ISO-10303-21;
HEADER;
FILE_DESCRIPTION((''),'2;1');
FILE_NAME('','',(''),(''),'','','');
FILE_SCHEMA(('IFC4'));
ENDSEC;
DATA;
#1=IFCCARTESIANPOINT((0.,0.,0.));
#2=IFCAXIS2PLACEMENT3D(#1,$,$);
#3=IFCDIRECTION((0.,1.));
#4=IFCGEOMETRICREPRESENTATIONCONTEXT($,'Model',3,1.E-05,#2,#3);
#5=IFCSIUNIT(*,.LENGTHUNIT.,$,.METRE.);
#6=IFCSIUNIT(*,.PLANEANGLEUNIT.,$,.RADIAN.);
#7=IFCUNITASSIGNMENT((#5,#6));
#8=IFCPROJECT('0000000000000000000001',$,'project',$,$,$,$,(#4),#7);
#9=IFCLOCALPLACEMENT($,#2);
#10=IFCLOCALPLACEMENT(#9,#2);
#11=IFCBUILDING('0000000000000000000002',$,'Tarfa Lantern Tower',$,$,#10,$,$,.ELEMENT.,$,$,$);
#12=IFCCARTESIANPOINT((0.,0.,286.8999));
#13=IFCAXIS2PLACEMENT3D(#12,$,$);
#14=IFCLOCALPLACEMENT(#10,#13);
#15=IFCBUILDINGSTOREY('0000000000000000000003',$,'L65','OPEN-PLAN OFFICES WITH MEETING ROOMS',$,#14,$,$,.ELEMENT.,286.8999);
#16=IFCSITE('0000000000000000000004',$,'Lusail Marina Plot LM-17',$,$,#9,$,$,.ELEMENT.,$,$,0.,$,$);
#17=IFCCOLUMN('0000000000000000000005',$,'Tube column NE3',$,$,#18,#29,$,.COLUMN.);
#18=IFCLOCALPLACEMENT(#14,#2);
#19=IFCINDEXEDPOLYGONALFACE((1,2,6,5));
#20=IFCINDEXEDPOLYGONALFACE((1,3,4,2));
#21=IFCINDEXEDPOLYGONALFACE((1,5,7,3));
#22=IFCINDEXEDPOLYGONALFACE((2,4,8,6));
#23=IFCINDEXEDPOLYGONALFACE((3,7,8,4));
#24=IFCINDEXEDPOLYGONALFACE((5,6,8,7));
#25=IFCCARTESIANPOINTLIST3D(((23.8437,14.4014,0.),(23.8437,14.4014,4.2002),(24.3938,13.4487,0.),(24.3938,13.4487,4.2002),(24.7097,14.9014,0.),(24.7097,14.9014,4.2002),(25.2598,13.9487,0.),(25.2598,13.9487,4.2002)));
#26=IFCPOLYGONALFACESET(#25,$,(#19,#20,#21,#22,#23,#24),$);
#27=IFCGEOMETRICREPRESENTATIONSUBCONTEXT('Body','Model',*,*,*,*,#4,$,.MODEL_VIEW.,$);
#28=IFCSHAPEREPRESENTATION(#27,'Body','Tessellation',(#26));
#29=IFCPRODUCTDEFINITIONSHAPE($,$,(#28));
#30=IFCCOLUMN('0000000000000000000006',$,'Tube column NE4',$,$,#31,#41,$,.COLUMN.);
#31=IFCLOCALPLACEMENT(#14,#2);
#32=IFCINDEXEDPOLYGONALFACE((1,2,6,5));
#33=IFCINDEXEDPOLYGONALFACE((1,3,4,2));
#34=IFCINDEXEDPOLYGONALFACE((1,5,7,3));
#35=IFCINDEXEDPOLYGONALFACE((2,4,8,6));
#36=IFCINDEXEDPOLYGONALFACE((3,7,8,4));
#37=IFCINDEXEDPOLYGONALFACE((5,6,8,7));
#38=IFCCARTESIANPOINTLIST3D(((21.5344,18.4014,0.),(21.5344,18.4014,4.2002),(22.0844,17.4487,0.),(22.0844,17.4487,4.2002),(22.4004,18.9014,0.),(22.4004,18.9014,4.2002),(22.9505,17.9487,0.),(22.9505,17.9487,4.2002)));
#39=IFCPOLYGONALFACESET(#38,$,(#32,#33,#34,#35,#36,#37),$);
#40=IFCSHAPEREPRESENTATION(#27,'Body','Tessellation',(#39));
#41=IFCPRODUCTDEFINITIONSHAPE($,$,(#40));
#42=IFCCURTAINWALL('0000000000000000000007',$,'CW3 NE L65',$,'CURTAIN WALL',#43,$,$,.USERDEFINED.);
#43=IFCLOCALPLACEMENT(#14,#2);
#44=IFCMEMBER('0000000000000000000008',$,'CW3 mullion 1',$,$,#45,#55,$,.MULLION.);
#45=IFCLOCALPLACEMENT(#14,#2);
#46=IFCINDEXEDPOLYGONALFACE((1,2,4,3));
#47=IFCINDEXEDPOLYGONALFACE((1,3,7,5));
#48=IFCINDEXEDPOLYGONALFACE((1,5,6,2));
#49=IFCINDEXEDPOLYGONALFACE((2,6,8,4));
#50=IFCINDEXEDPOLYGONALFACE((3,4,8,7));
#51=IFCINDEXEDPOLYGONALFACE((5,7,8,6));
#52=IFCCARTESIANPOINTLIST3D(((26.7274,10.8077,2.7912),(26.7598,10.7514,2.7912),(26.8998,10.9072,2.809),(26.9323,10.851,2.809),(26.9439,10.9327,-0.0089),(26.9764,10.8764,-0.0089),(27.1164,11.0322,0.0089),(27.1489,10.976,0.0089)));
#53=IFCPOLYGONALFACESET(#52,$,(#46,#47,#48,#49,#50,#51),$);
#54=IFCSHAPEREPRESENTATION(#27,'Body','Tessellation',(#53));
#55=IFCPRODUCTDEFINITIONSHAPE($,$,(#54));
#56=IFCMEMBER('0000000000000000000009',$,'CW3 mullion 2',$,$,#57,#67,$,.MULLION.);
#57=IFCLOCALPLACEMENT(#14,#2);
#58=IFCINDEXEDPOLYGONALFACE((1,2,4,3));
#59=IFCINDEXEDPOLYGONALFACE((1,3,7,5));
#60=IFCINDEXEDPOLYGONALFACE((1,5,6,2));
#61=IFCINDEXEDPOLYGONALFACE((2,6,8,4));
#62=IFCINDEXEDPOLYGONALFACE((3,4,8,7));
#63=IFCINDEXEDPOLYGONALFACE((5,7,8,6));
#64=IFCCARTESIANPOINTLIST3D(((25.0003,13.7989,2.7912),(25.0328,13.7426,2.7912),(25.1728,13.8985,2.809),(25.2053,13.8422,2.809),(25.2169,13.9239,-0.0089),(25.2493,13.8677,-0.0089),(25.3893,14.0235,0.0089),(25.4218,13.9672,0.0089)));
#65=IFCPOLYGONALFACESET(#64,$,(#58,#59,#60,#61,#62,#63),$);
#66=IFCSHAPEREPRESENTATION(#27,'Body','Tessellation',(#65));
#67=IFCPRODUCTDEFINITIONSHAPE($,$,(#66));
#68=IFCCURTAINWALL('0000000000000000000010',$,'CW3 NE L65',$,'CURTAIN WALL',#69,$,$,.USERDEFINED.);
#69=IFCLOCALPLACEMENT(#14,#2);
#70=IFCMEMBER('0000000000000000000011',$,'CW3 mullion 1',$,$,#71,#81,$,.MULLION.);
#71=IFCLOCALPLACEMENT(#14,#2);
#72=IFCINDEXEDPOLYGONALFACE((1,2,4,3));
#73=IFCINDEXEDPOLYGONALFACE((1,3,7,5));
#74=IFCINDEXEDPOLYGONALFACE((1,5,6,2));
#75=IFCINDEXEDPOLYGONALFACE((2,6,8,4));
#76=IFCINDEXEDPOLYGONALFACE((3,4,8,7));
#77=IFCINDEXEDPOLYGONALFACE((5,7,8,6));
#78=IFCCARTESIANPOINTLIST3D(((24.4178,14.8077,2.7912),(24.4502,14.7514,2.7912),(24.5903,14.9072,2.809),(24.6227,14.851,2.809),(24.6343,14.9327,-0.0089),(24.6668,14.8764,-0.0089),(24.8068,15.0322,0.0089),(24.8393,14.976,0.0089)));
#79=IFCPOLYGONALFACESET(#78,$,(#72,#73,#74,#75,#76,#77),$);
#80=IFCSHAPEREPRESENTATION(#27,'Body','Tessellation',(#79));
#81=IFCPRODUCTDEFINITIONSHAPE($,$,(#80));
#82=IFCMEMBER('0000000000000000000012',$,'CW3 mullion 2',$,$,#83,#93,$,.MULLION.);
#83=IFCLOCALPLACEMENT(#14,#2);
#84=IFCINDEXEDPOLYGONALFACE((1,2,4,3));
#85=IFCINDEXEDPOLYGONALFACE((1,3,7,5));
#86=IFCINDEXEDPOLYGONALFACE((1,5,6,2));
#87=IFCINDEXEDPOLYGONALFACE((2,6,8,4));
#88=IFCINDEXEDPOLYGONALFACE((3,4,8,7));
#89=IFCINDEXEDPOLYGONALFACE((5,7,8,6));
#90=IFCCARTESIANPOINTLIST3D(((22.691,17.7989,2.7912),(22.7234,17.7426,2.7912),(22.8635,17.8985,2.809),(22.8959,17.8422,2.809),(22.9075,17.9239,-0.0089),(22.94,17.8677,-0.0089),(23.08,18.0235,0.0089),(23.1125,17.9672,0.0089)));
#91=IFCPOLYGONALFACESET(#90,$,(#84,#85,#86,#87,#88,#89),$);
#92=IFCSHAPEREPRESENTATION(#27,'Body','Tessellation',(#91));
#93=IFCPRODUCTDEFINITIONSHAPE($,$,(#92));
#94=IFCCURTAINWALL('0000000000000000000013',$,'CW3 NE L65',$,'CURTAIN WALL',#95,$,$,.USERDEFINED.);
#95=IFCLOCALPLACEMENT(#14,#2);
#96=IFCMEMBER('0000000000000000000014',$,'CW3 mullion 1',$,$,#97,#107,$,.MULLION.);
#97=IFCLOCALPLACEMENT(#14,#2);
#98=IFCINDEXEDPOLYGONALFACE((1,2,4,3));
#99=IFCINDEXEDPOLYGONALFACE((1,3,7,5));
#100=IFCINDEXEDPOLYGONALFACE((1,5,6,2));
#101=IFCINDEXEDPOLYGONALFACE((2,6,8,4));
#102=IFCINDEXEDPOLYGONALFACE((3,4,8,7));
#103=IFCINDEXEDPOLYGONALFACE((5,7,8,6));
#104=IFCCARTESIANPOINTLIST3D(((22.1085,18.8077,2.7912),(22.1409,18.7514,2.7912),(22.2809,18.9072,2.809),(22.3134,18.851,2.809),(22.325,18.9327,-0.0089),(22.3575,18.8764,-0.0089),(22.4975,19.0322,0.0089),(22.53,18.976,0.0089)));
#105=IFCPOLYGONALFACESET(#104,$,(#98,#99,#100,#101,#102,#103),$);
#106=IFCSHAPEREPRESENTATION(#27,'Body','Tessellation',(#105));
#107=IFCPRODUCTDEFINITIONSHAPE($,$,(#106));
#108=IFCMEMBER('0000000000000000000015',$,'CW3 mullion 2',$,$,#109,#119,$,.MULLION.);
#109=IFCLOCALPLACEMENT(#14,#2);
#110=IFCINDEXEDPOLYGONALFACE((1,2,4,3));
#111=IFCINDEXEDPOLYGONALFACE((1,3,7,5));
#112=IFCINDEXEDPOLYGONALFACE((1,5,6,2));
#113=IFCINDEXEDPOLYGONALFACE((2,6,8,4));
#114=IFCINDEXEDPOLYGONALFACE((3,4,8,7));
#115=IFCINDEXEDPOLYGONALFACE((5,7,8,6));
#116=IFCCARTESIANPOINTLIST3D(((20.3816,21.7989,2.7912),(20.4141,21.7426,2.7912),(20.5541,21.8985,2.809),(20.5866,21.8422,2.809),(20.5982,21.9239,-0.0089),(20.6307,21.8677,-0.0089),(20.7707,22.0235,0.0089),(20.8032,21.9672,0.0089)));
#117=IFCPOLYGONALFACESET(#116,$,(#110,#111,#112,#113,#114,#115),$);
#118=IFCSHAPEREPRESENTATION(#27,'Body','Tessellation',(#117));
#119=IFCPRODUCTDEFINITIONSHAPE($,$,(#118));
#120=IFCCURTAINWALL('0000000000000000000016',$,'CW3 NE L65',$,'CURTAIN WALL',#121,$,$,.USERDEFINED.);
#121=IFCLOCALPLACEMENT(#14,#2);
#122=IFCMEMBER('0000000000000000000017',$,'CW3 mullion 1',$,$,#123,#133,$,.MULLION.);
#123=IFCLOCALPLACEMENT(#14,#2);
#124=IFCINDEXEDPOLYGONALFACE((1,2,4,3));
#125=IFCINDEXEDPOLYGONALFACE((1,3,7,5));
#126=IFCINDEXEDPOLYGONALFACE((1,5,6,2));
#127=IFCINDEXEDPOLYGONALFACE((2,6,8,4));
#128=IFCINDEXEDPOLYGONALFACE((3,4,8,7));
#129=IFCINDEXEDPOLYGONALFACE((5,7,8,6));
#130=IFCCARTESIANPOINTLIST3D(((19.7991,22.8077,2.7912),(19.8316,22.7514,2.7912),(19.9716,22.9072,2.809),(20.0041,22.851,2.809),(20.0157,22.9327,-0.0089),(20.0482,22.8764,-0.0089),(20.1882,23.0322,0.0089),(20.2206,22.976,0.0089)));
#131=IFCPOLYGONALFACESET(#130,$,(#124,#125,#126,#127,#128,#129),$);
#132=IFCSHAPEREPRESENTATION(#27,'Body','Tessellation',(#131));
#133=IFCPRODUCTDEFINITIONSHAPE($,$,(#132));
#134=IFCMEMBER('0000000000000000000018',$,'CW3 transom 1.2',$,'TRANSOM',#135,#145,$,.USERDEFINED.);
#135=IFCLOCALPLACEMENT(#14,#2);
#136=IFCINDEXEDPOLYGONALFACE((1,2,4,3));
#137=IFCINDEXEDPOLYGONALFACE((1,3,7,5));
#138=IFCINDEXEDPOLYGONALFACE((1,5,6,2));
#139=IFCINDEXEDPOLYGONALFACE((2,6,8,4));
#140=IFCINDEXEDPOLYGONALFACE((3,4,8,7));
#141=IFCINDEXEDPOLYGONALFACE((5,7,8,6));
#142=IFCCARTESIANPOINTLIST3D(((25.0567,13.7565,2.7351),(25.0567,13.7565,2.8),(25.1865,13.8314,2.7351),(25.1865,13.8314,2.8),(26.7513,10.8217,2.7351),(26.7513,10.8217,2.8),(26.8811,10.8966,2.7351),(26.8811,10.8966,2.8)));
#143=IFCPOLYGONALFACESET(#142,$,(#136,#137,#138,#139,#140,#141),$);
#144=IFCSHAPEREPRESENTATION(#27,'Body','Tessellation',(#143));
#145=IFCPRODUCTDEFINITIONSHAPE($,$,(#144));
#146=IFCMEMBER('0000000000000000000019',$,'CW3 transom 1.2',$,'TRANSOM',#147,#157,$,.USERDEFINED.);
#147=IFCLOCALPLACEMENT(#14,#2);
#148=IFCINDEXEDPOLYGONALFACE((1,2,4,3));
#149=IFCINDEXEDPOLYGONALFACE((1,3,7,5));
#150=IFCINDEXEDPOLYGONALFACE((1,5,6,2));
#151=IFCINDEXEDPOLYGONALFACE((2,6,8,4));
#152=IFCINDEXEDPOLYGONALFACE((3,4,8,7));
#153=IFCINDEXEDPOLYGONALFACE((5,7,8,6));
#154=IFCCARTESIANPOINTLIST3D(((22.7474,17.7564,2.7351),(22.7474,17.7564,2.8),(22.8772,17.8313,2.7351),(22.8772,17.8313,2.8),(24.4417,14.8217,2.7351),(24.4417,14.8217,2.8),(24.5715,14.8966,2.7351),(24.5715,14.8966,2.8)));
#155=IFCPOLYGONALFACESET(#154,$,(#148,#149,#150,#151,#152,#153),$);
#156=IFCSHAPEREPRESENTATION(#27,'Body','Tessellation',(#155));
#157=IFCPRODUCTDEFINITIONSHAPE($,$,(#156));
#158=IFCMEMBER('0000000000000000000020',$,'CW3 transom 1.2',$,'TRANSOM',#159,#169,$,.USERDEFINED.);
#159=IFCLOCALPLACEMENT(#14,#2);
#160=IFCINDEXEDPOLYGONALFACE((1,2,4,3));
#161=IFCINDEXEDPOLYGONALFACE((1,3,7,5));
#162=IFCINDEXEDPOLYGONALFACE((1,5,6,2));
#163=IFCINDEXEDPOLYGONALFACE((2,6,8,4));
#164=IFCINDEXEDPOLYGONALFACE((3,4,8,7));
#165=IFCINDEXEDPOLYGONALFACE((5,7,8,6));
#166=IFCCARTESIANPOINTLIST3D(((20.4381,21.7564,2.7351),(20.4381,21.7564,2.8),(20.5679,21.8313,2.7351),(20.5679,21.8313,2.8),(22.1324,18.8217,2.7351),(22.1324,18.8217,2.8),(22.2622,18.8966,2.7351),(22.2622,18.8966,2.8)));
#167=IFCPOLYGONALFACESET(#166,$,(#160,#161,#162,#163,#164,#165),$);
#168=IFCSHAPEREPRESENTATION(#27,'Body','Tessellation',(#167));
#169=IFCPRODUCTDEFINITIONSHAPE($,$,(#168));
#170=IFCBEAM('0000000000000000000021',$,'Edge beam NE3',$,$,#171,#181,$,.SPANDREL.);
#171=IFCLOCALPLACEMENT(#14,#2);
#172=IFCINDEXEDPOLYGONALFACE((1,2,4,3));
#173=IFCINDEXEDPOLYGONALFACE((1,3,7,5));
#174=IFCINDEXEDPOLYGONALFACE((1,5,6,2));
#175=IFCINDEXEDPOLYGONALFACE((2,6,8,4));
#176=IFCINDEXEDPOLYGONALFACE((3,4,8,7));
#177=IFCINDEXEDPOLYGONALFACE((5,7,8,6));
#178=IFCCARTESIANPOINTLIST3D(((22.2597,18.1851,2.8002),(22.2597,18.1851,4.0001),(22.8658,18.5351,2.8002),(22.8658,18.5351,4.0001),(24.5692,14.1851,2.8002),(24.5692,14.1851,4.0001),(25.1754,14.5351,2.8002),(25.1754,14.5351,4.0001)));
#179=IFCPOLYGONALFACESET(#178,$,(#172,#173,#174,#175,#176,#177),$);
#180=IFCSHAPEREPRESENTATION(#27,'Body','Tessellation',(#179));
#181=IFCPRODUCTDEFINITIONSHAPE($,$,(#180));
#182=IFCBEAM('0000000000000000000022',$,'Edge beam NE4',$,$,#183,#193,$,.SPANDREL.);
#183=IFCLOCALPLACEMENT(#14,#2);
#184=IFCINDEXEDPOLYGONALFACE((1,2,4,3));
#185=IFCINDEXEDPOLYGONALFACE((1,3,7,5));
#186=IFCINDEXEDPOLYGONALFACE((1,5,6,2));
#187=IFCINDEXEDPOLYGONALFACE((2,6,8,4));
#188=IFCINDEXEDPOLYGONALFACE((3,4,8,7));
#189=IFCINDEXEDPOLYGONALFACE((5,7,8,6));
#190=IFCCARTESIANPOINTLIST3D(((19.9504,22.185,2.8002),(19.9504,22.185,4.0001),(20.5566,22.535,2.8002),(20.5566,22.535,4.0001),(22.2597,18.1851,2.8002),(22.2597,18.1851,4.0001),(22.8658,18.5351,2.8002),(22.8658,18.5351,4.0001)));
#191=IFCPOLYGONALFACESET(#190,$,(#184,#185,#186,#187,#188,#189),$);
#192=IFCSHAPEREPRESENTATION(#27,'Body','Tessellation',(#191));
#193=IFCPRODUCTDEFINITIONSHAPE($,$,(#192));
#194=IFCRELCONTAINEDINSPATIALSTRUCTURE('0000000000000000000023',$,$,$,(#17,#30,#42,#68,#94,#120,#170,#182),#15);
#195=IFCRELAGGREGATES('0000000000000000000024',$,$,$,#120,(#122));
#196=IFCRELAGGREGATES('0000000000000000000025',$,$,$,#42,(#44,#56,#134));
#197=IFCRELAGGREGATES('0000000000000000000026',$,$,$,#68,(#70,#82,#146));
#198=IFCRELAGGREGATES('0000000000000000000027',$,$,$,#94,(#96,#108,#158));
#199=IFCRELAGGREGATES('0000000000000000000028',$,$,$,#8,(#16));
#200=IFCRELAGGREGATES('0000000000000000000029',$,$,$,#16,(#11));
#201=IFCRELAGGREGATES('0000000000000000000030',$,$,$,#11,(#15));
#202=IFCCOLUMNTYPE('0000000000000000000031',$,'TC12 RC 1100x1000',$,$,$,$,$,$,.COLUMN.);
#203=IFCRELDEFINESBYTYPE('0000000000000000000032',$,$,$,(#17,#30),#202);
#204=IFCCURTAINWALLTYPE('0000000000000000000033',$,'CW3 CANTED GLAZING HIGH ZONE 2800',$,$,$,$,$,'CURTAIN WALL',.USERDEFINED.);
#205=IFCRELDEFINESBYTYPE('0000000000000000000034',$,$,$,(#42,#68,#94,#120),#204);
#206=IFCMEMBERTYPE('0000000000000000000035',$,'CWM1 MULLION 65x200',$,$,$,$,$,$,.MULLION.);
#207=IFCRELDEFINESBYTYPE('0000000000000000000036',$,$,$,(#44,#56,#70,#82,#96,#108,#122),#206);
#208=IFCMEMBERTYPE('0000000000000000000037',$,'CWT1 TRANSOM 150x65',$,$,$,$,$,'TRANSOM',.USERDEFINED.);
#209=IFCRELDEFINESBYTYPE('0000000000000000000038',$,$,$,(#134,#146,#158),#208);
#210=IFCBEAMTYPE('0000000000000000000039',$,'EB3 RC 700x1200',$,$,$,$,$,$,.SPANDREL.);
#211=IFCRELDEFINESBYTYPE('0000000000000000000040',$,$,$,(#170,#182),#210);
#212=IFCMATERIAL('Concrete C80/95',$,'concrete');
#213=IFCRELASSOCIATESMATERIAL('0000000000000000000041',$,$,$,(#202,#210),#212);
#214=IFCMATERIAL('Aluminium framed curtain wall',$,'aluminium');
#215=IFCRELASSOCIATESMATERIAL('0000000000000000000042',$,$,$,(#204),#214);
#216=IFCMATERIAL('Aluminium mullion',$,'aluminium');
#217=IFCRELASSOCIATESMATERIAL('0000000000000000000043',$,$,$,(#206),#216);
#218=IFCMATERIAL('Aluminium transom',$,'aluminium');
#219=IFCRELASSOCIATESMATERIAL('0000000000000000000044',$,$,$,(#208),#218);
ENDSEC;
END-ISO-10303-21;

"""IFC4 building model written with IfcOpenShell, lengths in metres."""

from ifc_helpers import new_model, si_unit, direction, frame, origin, origin_2d, place, context, subcontext, project, spatial, rectangle, extrude, material, material_profile, profile_set, type_object, element, aggregate, save


model = new_model("IFC4")

# Units and contexts
model_context = context("Model", 3, precision=1e-05, world=origin(), true_north=direction((0.0, 1.0)))
body_context = subcontext(model_context, "Body", "Model", "MODEL_VIEW")
ifc_project = project(units=[si_unit("LENGTHUNIT", "METRE"), si_unit("PLANEANGLEUNIT", "RADIAN")], contexts=[model_context])

# Site, building, storey
site_placement = place(None, origin())
site = spatial("IfcSite", under=ifc_project, at=site_placement, Name="Lusail Marina Plot LM-17", CompositionType="ELEMENT", RefElevation=0.0)
building_placement = place(site_placement, origin())
building = spatial("IfcBuilding", under=site, at=building_placement, Name="Tarfa Lantern Tower", CompositionType="ELEMENT")
storey_placement = place(building_placement, frame((0.0, 0.0, 286.8999)))
storey = spatial("IfcBuildingStorey", under=building, at=storey_placement, Name="L65", Description="OPEN-PLAN OFFICES WITH MEETING ROOMS", CompositionType="ELEMENT", Elevation=286.8999)

# Columns
ifc_material_1 = material(Name="Concrete C80/95", Category="concrete")
ifc_material_profile_1 = material_profile(ifc_material_1, rectangle(XDim=1.1001, YDim=1.0, at=origin_2d()), Name="RC 1100x1000")
ifc_profile_set_1 = profile_set([ifc_material_profile_1], Name="Concrete C80/95")
column_type = type_object("IfcColumnType", Name="TC12 RC 1100x1000", PredefinedType="COLUMN", material=ifc_profile_set_1)
for number, where, z_axis, x_axis, name in (
    (1, (24.5518, 14.175, 0.0), (0.0, 0.0, 1.0), (-0.5, 0.866025, 0.0), "Tube column NE3"),
    (2, (22.2424, 18.175, 0.0), (0.0, 0.0, 1.0), (-0.5, 0.866025, 0.0), "Tube column NE4"),
):
    element("IfcColumn", number, at=place(storey_placement, frame(where, z_axis=z_axis, x_axis=x_axis)), inside=storey, type_object=column_type, Name=name, PredefinedType="COLUMN", context=body_context, shape_type="SweptSolid", body=[
        extrude(rectangle(XDim=1.1001, YDim=1.0, at=origin_2d()), origin(), (0.0, 0.0, 1.0), 4.2002),
    ])

# Curtain walls, members
ifc_material_2 = material(Name="Aluminium framed curtain wall", Category="aluminium")
curtain_wall_type = type_object("IfcCurtainWallType", Name="CW3 CANTED GLAZING HIGH ZONE 2800", ElementType="CURTAIN WALL", PredefinedType="USERDEFINED", material=ifc_material_2)
curtain_wall_1_placement = place(storey_placement, origin())
curtain_wall_1 = element("IfcCurtainWall", 3, at=curtain_wall_1_placement, inside=storey, type_object=curtain_wall_type, Name="CW3 NE L65", ObjectType="CURTAIN WALL", PredefinedType="USERDEFINED")
ifc_material_3 = material(Name="Aluminium mullion", Category="aluminium")
ifc_material_profile_2 = material_profile(ifc_material_3, rectangle(XDim=0.0649, YDim=0.2, at=origin_2d()), Name="AL MULLION 65x200")
ifc_profile_set_2 = profile_set([ifc_material_profile_2], Name="Aluminium mullion")
member_type_1 = type_object("IfcMemberType", Name="CWM1 MULLION 65x200", PredefinedType="MULLION", material=ifc_profile_set_2)
member_1_placement = place(storey_placement, frame((27.0464, 10.9543, 0.0), z_axis=(-0.077032, -0.044465, 0.996037), x_axis=(0.49992, -0.866072, 0.0)))
member_1 = element("IfcMember", 4, at=member_1_placement, type_object=member_type_1, Name="CW3 mullion 1", PredefinedType="MULLION", context=body_context, shape_type="SweptSolid", body=[
    extrude(rectangle(XDim=0.0649, YDim=0.2, at=origin_2d()), origin(), (0.0, 0.0, 1.0), 2.8113),
])
member_2_placement = place(storey_placement, frame((25.3193, 13.9456, 0.0), z_axis=(-0.077032, -0.044465, 0.996037), x_axis=(0.49992, -0.866072, 0.0)))
member_2 = element("IfcMember", 5, at=member_2_placement, type_object=member_type_1, Name="CW3 mullion 2", PredefinedType="MULLION", context=body_context, shape_type="SweptSolid", body=[
    extrude(rectangle(XDim=0.0649, YDim=0.2, at=origin_2d()), origin(), (0.0, 0.0, 1.0), 2.8113),
])
curtain_wall_2_placement = place(storey_placement, origin())
curtain_wall_2 = element("IfcCurtainWall", 6, at=curtain_wall_2_placement, inside=storey, type_object=curtain_wall_type, Name="CW3 NE L65", ObjectType="CURTAIN WALL", PredefinedType="USERDEFINED")
member_3_placement = place(storey_placement, frame((24.7368, 14.9543, 0.0), z_axis=(-0.077032, -0.044465, 0.996037), x_axis=(0.49992, -0.866072, 0.0)))
member_3 = element("IfcMember", 7, at=member_3_placement, type_object=member_type_1, Name="CW3 mullion 1", PredefinedType="MULLION", context=body_context, shape_type="SweptSolid", body=[
    extrude(rectangle(XDim=0.0649, YDim=0.2, at=origin_2d()), origin(), (0.0, 0.0, 1.0), 2.8113),
])
member_4_placement = place(storey_placement, frame((23.01, 17.9456, 0.0), z_axis=(-0.077032, -0.044465, 0.996037), x_axis=(0.49992, -0.866072, 0.0)))
member_4 = element("IfcMember", 8, at=member_4_placement, type_object=member_type_1, Name="CW3 mullion 2", PredefinedType="MULLION", context=body_context, shape_type="SweptSolid", body=[
    extrude(rectangle(XDim=0.0649, YDim=0.2, at=origin_2d()), origin(), (0.0, 0.0, 1.0), 2.8113),
])
curtain_wall_3_placement = place(storey_placement, origin())
curtain_wall_3 = element("IfcCurtainWall", 9, at=curtain_wall_3_placement, inside=storey, type_object=curtain_wall_type, Name="CW3 NE L65", ObjectType="CURTAIN WALL", PredefinedType="USERDEFINED")
member_5_placement = place(storey_placement, frame((22.4275, 18.9543, 0.0), z_axis=(-0.077032, -0.044465, 0.996037), x_axis=(0.49992, -0.866072, 0.0)))
member_5 = element("IfcMember", 10, at=member_5_placement, type_object=member_type_1, Name="CW3 mullion 1", PredefinedType="MULLION", context=body_context, shape_type="SweptSolid", body=[
    extrude(rectangle(XDim=0.0649, YDim=0.2, at=origin_2d()), origin(), (0.0, 0.0, 1.0), 2.8113),
])
member_6_placement = place(storey_placement, frame((20.7007, 21.9456, 0.0), z_axis=(-0.077032, -0.044465, 0.996037), x_axis=(0.49992, -0.866072, 0.0)))
member_6 = element("IfcMember", 11, at=member_6_placement, type_object=member_type_1, Name="CW3 mullion 2", PredefinedType="MULLION", context=body_context, shape_type="SweptSolid", body=[
    extrude(rectangle(XDim=0.0649, YDim=0.2, at=origin_2d()), origin(), (0.0, 0.0, 1.0), 2.8113),
])

# Curtain wall, member
curtain_wall_4_placement = place(storey_placement, origin())
curtain_wall_4 = element("IfcCurtainWall", 12, at=curtain_wall_4_placement, inside=storey, type_object=curtain_wall_type, Name="CW3 NE L65", ObjectType="CURTAIN WALL", PredefinedType="USERDEFINED")
member_7_placement = place(storey_placement, frame((20.1182, 22.9543, 0.0), z_axis=(-0.077032, -0.044465, 0.996037), x_axis=(0.49992, -0.866072, 0.0)))
member_7 = element("IfcMember", 13, at=member_7_placement, type_object=member_type_1, Name="CW3 mullion 1", PredefinedType="MULLION", context=body_context, shape_type="SweptSolid", body=[
    extrude(rectangle(XDim=0.0649, YDim=0.2, at=origin_2d()), origin(), (0.0, 0.0, 1.0), 2.8113),
])
aggregate(curtain_wall_4, [member_7])

# Members
ifc_material_4 = material(Name="Aluminium transom", Category="aluminium")
ifc_material_profile_3 = material_profile(ifc_material_4, rectangle(XDim=0.1499, YDim=0.0649, at=origin_2d()), Name="AL TRANSOM 150x65")
ifc_profile_set_3 = profile_set([ifc_material_profile_3], Name="Aluminium transom")
member_type_2 = type_object("IfcMemberType", Name="CWT1 TRANSOM 150x65", ElementType="TRANSOM", PredefinedType="USERDEFINED", material=ifc_profile_set_3)
member_8_placement = place(storey_placement, frame((26.8162, 10.8591, 2.7676), z_axis=(-0.500036, 0.866004, 0.0), x_axis=(-0.866004, -0.500036, 0.0)))
member_8 = element("IfcMember", 14, at=member_8_placement, type_object=member_type_2, Name="CW3 transom 1.2", ObjectType="TRANSOM", PredefinedType="USERDEFINED", context=body_context, shape_type="SweptSolid", body=[
    extrude(rectangle(XDim=0.1499, YDim=0.0649, at=origin_2d()), origin(), (0.0, 0.0, 1.0), 3.3889),
])
member_9_placement = place(storey_placement, frame((24.5066, 14.8591, 2.7676), z_axis=(-0.499982, 0.866036, 0.0), x_axis=(-0.866036, -0.499982, 0.0)))
member_9 = element("IfcMember", 15, at=member_9_placement, type_object=member_type_2, Name="CW3 transom 1.2", ObjectType="TRANSOM", PredefinedType="USERDEFINED", context=body_context, shape_type="SweptSolid", body=[
    extrude(rectangle(XDim=0.1499, YDim=0.0649, at=origin_2d()), origin(), (0.0, 0.0, 1.0), 3.3887),
])
member_10_placement = place(storey_placement, frame((22.1973, 18.8591, 2.7676), z_axis=(-0.499982, 0.866036, 0.0), x_axis=(-0.866036, -0.499982, 0.0)))
member_10 = element("IfcMember", 16, at=member_10_placement, type_object=member_type_2, Name="CW3 transom 1.2", ObjectType="TRANSOM", PredefinedType="USERDEFINED", context=body_context, shape_type="SweptSolid", body=[
    extrude(rectangle(XDim=0.1499, YDim=0.0649, at=origin_2d()), origin(), (0.0, 0.0, 1.0), 3.3887),
])

# Beams
ifc_material_profile_4 = material_profile(ifc_material_1, rectangle(XDim=0.7, YDim=1.2, at=origin_2d()), Name="RC 700x1200")
ifc_profile_set_4 = profile_set([ifc_material_profile_4], Name="Concrete C80/95")
beam_type_1 = type_object("IfcBeamType", Name="EB3 RC 700x1200", PredefinedType="SPANDREL", material=ifc_profile_set_4)
beam_1_placement = place(storey_placement, frame((24.8723, 14.3601, 3.4001), z_axis=(-0.500027, 0.86601, 0.0), x_axis=(-0.86601, -0.500027, 0.0)))
element("IfcBeam", 17, at=beam_1_placement, inside=storey, type_object=beam_type_1, Name="Edge beam NE3", PredefinedType="SPANDREL", context=body_context, shape_type="SweptSolid", body=[
    extrude(rectangle(XDim=0.7, YDim=1.2, at=origin_2d()), origin(), (0.0, 0.0, 1.0), 4.6189),
])
for number, where, z_axis, x_axis, name in (
    (18, (22.5627, 18.3601, 3.4001), (-0.499988, 0.866032, 0.0), (-0.866032, -0.499988, 0.0), "Edge beam NE4"),
):
    element("IfcBeam", number, at=place(storey_placement, frame(where, z_axis=z_axis, x_axis=x_axis)), inside=storey, type_object=beam_type_1, Name=name, PredefinedType="SPANDREL", context=body_context, shape_type="SweptSolid", body=[
        extrude(rectangle(XDim=0.7, YDim=1.2, at=origin_2d()), origin(), (0.0, 0.0, 1.0), 4.6187),
    ])

aggregate(curtain_wall_1, [member_1, member_2, member_8])
aggregate(curtain_wall_2, [member_3, member_4, member_9])
aggregate(curtain_wall_3, [member_5, member_6, member_10])

save(model, "model.ifc")
